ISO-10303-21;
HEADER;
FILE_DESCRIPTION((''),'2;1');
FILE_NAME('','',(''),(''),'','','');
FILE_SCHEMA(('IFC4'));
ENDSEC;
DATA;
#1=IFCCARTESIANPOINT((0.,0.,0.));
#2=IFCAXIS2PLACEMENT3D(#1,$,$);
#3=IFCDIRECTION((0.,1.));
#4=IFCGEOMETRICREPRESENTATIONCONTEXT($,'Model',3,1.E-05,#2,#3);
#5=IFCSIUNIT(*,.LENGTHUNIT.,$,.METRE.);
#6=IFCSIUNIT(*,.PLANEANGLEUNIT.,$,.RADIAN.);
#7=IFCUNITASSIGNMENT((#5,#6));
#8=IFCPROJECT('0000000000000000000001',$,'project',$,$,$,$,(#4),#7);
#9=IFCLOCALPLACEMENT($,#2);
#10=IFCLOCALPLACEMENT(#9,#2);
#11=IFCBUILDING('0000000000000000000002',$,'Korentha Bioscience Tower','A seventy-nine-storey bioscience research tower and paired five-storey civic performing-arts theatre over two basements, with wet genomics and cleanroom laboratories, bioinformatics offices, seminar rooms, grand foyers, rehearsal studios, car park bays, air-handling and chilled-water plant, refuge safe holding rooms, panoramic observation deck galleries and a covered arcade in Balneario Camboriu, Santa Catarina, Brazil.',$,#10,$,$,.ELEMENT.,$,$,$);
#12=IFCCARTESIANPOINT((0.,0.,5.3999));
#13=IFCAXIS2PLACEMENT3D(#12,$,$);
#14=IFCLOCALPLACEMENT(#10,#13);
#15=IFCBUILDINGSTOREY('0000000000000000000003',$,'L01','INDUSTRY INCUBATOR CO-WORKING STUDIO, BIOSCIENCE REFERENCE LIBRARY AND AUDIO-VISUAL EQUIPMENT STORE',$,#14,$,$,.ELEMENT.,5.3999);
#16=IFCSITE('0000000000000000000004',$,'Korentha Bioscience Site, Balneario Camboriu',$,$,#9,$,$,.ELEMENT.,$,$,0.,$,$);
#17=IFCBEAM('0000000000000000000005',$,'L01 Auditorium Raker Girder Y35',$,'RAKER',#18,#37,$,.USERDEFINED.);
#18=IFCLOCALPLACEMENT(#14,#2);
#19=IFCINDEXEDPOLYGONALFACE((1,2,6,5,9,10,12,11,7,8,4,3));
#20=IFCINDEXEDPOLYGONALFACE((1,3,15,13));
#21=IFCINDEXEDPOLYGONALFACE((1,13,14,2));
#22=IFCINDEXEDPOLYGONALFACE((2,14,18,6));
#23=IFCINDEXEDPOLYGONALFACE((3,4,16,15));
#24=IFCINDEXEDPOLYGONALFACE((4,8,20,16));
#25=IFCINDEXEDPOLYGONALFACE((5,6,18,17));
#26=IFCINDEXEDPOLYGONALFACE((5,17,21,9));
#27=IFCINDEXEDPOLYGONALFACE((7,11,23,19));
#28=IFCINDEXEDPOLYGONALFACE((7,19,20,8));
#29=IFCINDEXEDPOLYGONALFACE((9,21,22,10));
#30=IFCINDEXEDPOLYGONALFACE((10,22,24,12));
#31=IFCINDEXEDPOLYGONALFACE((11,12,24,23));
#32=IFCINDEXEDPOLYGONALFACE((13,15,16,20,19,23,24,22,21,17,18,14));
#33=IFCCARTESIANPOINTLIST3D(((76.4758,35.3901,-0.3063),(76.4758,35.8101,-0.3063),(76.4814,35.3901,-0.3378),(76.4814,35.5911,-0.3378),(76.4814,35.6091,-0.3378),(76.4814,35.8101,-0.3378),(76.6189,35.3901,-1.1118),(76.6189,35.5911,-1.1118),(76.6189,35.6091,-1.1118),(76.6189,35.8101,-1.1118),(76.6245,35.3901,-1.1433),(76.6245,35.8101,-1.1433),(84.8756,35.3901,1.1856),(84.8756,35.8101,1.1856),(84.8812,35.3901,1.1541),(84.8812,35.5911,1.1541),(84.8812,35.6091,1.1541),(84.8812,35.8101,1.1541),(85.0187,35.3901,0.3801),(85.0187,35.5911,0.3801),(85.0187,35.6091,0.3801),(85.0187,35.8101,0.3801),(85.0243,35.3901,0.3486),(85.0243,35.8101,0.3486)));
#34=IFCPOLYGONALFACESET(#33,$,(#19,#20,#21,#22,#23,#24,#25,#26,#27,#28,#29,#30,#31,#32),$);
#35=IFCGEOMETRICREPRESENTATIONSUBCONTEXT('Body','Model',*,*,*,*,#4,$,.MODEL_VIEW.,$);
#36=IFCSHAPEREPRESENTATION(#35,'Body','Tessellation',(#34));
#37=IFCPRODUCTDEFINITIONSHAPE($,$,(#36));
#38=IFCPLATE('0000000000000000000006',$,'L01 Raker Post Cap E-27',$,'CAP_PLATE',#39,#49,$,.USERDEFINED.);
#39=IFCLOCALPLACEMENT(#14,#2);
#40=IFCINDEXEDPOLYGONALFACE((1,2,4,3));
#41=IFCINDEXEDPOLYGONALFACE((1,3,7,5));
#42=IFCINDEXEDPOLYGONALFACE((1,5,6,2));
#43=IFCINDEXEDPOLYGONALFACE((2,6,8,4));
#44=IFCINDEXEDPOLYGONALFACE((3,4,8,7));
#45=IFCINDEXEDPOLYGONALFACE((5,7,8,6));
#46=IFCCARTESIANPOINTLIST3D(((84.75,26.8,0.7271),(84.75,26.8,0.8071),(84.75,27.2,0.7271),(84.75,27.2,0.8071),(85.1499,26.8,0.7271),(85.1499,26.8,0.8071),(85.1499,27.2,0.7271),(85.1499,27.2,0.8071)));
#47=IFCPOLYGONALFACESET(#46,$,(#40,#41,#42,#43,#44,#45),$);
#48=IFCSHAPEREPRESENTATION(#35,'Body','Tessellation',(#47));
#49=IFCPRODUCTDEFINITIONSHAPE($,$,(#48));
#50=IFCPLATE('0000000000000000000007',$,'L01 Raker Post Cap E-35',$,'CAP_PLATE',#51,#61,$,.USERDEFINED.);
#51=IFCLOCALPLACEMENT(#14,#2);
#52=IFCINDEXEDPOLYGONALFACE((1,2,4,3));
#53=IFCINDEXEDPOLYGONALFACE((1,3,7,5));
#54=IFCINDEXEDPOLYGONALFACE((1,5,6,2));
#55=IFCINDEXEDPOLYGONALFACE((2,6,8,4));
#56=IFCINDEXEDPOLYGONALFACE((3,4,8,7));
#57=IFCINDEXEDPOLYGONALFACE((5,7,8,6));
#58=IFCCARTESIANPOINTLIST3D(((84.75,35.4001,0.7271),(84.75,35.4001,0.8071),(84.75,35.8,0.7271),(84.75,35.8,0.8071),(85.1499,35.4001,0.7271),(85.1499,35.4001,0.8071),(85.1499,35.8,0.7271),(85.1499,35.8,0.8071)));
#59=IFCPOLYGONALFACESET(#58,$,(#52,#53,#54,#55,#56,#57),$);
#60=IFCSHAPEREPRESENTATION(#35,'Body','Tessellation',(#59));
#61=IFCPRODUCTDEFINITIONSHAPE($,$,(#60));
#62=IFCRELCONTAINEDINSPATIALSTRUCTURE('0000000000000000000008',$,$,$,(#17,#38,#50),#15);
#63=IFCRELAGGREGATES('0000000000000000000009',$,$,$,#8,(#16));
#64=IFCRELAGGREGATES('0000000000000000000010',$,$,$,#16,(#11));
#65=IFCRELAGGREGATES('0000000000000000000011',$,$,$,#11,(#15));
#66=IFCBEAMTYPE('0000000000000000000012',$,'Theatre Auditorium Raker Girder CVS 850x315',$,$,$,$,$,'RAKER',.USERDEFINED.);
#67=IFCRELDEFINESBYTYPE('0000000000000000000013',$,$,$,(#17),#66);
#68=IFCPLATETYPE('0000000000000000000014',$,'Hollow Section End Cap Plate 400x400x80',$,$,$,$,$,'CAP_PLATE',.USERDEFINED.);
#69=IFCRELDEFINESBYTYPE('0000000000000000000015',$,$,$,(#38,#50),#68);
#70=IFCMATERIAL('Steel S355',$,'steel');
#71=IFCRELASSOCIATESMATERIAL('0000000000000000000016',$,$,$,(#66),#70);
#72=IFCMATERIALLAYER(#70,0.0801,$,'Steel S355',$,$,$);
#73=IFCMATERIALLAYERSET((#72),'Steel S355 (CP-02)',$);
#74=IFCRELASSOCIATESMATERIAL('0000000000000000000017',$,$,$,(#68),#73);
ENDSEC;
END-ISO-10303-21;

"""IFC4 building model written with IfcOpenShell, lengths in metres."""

from ifc_helpers import new_model, si_unit, direction, frame, origin, origin_2d, place, context, subcontext, project, spatial, rectangle, i_section, extrude, material, layer, layer_set, material_profile, profile_set, type_object, element, save


model = new_model("IFC4")

# Units and contexts
model_context = context("Model", 3, precision=1e-05, world=origin(), true_north=direction((0.0, 1.0)))
body_context = subcontext(model_context, "Body", "Model", "MODEL_VIEW")
ifc_project = project(units=[si_unit("LENGTHUNIT", "METRE"), si_unit("PLANEANGLEUNIT", "RADIAN")], contexts=[model_context])

# Site, building, storey
site_placement = place(None, origin())
site = spatial("IfcSite", under=ifc_project, at=site_placement, Name="Korentha Bioscience Site, Balneario Camboriu", CompositionType="ELEMENT", RefElevation=0.0)
building_placement = place(site_placement, origin())
building = spatial("IfcBuilding", under=site, at=building_placement, Name="Korentha Bioscience Tower", Description="A seventy-nine-storey bioscience research tower and paired five-storey civic performing-arts theatre over two basements, with wet genomics and cleanroom laboratories, bioinformatics offices, seminar rooms, grand foyers, rehearsal studios, car park bays, air-handling and chilled-water plant, refuge safe holding rooms, panoramic observation deck galleries and a covered arcade in Balneario Camboriu, Santa Catarina, Brazil.", CompositionType="ELEMENT")
storey_placement = place(building_placement, frame((0.0, 0.0, 5.3999)))
storey = spatial("IfcBuildingStorey", under=building, at=storey_placement, Name="L01", Description="INDUSTRY INCUBATOR CO-WORKING STUDIO, BIOSCIENCE REFERENCE LIBRARY AND AUDIO-VISUAL EQUIPMENT STORE", CompositionType="ELEMENT", Elevation=5.3999)

# Shared definitions
ifc_material_1 = material(Name="Steel S355", Category="steel")

# Beam
ifc_material_profile_1 = material_profile(ifc_material_1, i_section(OverallWidth=0.4199, OverallDepth=0.8501, WebThickness=0.0181, FlangeThickness=0.032, at=origin_2d()), Name="Steel S355")
ifc_profile_set_1 = profile_set([ifc_material_profile_1], Name="Steel S355 (TR-850)")
beam_type_1 = type_object("IfcBeamType", Name="Theatre Auditorium Raker Girder CVS 850x315", ElementType="RAKER", PredefinedType="USERDEFINED", material=ifc_profile_set_1)
for number, where, z_axis, x_axis, name in (
    (1, (84.95, 35.6001, 0.7671), (-0.98459, 0.0, -0.174877), (0.0, -1.0, 0.0), "L01 Auditorium Raker Girder Y35"),
):
    element("IfcBeam", number, at=place(storey_placement, frame(where, z_axis=z_axis, x_axis=x_axis)), inside=storey, type_object=beam_type_1, Name=name, ObjectType="RAKER", PredefinedType="USERDEFINED", context=body_context, shape_type="SweptSolid", body=[
        extrude(i_section(OverallWidth=0.4199, OverallDepth=0.8501, WebThickness=0.0181, FlangeThickness=0.032, at=origin_2d()), origin(), (0.0, 0.0, 1.0), 8.5312),
    ])

# Plates
ifc_layer = layer(ifc_material_1, 0.0801, Name="Steel S355")
ifc_layer_set = layer_set([ifc_layer], Name="Steel S355 (CP-02)")
plate_type = type_object("IfcPlateType", Name="Hollow Section End Cap Plate 400x400x80", ElementType="CAP_PLATE", PredefinedType="USERDEFINED", material=ifc_layer_set)
for number, where, z_axis, x_axis, name in (
    (2, (84.95, 27.0, 0.7271), (0.0, 0.0, 1.0), (1.0, 0.0, 0.0), "L01 Raker Post Cap E-27"),
    (3, (84.95, 35.6001, 0.7271), (0.0, 0.0, 1.0), (1.0, 0.0, 0.0), "L01 Raker Post Cap E-35"),
):
    element("IfcPlate", number, at=place(storey_placement, frame(where, z_axis=z_axis, x_axis=x_axis)), inside=storey, type_object=plate_type, Name=name, ObjectType="CAP_PLATE", PredefinedType="USERDEFINED", context=body_context, shape_type="SweptSolid", body=[
        extrude(rectangle(XDim=0.3999, YDim=0.3999, at=origin_2d()), origin(), (0.0, 0.0, 1.0), 0.0801),
    ])

save(model, "model.ifc")
